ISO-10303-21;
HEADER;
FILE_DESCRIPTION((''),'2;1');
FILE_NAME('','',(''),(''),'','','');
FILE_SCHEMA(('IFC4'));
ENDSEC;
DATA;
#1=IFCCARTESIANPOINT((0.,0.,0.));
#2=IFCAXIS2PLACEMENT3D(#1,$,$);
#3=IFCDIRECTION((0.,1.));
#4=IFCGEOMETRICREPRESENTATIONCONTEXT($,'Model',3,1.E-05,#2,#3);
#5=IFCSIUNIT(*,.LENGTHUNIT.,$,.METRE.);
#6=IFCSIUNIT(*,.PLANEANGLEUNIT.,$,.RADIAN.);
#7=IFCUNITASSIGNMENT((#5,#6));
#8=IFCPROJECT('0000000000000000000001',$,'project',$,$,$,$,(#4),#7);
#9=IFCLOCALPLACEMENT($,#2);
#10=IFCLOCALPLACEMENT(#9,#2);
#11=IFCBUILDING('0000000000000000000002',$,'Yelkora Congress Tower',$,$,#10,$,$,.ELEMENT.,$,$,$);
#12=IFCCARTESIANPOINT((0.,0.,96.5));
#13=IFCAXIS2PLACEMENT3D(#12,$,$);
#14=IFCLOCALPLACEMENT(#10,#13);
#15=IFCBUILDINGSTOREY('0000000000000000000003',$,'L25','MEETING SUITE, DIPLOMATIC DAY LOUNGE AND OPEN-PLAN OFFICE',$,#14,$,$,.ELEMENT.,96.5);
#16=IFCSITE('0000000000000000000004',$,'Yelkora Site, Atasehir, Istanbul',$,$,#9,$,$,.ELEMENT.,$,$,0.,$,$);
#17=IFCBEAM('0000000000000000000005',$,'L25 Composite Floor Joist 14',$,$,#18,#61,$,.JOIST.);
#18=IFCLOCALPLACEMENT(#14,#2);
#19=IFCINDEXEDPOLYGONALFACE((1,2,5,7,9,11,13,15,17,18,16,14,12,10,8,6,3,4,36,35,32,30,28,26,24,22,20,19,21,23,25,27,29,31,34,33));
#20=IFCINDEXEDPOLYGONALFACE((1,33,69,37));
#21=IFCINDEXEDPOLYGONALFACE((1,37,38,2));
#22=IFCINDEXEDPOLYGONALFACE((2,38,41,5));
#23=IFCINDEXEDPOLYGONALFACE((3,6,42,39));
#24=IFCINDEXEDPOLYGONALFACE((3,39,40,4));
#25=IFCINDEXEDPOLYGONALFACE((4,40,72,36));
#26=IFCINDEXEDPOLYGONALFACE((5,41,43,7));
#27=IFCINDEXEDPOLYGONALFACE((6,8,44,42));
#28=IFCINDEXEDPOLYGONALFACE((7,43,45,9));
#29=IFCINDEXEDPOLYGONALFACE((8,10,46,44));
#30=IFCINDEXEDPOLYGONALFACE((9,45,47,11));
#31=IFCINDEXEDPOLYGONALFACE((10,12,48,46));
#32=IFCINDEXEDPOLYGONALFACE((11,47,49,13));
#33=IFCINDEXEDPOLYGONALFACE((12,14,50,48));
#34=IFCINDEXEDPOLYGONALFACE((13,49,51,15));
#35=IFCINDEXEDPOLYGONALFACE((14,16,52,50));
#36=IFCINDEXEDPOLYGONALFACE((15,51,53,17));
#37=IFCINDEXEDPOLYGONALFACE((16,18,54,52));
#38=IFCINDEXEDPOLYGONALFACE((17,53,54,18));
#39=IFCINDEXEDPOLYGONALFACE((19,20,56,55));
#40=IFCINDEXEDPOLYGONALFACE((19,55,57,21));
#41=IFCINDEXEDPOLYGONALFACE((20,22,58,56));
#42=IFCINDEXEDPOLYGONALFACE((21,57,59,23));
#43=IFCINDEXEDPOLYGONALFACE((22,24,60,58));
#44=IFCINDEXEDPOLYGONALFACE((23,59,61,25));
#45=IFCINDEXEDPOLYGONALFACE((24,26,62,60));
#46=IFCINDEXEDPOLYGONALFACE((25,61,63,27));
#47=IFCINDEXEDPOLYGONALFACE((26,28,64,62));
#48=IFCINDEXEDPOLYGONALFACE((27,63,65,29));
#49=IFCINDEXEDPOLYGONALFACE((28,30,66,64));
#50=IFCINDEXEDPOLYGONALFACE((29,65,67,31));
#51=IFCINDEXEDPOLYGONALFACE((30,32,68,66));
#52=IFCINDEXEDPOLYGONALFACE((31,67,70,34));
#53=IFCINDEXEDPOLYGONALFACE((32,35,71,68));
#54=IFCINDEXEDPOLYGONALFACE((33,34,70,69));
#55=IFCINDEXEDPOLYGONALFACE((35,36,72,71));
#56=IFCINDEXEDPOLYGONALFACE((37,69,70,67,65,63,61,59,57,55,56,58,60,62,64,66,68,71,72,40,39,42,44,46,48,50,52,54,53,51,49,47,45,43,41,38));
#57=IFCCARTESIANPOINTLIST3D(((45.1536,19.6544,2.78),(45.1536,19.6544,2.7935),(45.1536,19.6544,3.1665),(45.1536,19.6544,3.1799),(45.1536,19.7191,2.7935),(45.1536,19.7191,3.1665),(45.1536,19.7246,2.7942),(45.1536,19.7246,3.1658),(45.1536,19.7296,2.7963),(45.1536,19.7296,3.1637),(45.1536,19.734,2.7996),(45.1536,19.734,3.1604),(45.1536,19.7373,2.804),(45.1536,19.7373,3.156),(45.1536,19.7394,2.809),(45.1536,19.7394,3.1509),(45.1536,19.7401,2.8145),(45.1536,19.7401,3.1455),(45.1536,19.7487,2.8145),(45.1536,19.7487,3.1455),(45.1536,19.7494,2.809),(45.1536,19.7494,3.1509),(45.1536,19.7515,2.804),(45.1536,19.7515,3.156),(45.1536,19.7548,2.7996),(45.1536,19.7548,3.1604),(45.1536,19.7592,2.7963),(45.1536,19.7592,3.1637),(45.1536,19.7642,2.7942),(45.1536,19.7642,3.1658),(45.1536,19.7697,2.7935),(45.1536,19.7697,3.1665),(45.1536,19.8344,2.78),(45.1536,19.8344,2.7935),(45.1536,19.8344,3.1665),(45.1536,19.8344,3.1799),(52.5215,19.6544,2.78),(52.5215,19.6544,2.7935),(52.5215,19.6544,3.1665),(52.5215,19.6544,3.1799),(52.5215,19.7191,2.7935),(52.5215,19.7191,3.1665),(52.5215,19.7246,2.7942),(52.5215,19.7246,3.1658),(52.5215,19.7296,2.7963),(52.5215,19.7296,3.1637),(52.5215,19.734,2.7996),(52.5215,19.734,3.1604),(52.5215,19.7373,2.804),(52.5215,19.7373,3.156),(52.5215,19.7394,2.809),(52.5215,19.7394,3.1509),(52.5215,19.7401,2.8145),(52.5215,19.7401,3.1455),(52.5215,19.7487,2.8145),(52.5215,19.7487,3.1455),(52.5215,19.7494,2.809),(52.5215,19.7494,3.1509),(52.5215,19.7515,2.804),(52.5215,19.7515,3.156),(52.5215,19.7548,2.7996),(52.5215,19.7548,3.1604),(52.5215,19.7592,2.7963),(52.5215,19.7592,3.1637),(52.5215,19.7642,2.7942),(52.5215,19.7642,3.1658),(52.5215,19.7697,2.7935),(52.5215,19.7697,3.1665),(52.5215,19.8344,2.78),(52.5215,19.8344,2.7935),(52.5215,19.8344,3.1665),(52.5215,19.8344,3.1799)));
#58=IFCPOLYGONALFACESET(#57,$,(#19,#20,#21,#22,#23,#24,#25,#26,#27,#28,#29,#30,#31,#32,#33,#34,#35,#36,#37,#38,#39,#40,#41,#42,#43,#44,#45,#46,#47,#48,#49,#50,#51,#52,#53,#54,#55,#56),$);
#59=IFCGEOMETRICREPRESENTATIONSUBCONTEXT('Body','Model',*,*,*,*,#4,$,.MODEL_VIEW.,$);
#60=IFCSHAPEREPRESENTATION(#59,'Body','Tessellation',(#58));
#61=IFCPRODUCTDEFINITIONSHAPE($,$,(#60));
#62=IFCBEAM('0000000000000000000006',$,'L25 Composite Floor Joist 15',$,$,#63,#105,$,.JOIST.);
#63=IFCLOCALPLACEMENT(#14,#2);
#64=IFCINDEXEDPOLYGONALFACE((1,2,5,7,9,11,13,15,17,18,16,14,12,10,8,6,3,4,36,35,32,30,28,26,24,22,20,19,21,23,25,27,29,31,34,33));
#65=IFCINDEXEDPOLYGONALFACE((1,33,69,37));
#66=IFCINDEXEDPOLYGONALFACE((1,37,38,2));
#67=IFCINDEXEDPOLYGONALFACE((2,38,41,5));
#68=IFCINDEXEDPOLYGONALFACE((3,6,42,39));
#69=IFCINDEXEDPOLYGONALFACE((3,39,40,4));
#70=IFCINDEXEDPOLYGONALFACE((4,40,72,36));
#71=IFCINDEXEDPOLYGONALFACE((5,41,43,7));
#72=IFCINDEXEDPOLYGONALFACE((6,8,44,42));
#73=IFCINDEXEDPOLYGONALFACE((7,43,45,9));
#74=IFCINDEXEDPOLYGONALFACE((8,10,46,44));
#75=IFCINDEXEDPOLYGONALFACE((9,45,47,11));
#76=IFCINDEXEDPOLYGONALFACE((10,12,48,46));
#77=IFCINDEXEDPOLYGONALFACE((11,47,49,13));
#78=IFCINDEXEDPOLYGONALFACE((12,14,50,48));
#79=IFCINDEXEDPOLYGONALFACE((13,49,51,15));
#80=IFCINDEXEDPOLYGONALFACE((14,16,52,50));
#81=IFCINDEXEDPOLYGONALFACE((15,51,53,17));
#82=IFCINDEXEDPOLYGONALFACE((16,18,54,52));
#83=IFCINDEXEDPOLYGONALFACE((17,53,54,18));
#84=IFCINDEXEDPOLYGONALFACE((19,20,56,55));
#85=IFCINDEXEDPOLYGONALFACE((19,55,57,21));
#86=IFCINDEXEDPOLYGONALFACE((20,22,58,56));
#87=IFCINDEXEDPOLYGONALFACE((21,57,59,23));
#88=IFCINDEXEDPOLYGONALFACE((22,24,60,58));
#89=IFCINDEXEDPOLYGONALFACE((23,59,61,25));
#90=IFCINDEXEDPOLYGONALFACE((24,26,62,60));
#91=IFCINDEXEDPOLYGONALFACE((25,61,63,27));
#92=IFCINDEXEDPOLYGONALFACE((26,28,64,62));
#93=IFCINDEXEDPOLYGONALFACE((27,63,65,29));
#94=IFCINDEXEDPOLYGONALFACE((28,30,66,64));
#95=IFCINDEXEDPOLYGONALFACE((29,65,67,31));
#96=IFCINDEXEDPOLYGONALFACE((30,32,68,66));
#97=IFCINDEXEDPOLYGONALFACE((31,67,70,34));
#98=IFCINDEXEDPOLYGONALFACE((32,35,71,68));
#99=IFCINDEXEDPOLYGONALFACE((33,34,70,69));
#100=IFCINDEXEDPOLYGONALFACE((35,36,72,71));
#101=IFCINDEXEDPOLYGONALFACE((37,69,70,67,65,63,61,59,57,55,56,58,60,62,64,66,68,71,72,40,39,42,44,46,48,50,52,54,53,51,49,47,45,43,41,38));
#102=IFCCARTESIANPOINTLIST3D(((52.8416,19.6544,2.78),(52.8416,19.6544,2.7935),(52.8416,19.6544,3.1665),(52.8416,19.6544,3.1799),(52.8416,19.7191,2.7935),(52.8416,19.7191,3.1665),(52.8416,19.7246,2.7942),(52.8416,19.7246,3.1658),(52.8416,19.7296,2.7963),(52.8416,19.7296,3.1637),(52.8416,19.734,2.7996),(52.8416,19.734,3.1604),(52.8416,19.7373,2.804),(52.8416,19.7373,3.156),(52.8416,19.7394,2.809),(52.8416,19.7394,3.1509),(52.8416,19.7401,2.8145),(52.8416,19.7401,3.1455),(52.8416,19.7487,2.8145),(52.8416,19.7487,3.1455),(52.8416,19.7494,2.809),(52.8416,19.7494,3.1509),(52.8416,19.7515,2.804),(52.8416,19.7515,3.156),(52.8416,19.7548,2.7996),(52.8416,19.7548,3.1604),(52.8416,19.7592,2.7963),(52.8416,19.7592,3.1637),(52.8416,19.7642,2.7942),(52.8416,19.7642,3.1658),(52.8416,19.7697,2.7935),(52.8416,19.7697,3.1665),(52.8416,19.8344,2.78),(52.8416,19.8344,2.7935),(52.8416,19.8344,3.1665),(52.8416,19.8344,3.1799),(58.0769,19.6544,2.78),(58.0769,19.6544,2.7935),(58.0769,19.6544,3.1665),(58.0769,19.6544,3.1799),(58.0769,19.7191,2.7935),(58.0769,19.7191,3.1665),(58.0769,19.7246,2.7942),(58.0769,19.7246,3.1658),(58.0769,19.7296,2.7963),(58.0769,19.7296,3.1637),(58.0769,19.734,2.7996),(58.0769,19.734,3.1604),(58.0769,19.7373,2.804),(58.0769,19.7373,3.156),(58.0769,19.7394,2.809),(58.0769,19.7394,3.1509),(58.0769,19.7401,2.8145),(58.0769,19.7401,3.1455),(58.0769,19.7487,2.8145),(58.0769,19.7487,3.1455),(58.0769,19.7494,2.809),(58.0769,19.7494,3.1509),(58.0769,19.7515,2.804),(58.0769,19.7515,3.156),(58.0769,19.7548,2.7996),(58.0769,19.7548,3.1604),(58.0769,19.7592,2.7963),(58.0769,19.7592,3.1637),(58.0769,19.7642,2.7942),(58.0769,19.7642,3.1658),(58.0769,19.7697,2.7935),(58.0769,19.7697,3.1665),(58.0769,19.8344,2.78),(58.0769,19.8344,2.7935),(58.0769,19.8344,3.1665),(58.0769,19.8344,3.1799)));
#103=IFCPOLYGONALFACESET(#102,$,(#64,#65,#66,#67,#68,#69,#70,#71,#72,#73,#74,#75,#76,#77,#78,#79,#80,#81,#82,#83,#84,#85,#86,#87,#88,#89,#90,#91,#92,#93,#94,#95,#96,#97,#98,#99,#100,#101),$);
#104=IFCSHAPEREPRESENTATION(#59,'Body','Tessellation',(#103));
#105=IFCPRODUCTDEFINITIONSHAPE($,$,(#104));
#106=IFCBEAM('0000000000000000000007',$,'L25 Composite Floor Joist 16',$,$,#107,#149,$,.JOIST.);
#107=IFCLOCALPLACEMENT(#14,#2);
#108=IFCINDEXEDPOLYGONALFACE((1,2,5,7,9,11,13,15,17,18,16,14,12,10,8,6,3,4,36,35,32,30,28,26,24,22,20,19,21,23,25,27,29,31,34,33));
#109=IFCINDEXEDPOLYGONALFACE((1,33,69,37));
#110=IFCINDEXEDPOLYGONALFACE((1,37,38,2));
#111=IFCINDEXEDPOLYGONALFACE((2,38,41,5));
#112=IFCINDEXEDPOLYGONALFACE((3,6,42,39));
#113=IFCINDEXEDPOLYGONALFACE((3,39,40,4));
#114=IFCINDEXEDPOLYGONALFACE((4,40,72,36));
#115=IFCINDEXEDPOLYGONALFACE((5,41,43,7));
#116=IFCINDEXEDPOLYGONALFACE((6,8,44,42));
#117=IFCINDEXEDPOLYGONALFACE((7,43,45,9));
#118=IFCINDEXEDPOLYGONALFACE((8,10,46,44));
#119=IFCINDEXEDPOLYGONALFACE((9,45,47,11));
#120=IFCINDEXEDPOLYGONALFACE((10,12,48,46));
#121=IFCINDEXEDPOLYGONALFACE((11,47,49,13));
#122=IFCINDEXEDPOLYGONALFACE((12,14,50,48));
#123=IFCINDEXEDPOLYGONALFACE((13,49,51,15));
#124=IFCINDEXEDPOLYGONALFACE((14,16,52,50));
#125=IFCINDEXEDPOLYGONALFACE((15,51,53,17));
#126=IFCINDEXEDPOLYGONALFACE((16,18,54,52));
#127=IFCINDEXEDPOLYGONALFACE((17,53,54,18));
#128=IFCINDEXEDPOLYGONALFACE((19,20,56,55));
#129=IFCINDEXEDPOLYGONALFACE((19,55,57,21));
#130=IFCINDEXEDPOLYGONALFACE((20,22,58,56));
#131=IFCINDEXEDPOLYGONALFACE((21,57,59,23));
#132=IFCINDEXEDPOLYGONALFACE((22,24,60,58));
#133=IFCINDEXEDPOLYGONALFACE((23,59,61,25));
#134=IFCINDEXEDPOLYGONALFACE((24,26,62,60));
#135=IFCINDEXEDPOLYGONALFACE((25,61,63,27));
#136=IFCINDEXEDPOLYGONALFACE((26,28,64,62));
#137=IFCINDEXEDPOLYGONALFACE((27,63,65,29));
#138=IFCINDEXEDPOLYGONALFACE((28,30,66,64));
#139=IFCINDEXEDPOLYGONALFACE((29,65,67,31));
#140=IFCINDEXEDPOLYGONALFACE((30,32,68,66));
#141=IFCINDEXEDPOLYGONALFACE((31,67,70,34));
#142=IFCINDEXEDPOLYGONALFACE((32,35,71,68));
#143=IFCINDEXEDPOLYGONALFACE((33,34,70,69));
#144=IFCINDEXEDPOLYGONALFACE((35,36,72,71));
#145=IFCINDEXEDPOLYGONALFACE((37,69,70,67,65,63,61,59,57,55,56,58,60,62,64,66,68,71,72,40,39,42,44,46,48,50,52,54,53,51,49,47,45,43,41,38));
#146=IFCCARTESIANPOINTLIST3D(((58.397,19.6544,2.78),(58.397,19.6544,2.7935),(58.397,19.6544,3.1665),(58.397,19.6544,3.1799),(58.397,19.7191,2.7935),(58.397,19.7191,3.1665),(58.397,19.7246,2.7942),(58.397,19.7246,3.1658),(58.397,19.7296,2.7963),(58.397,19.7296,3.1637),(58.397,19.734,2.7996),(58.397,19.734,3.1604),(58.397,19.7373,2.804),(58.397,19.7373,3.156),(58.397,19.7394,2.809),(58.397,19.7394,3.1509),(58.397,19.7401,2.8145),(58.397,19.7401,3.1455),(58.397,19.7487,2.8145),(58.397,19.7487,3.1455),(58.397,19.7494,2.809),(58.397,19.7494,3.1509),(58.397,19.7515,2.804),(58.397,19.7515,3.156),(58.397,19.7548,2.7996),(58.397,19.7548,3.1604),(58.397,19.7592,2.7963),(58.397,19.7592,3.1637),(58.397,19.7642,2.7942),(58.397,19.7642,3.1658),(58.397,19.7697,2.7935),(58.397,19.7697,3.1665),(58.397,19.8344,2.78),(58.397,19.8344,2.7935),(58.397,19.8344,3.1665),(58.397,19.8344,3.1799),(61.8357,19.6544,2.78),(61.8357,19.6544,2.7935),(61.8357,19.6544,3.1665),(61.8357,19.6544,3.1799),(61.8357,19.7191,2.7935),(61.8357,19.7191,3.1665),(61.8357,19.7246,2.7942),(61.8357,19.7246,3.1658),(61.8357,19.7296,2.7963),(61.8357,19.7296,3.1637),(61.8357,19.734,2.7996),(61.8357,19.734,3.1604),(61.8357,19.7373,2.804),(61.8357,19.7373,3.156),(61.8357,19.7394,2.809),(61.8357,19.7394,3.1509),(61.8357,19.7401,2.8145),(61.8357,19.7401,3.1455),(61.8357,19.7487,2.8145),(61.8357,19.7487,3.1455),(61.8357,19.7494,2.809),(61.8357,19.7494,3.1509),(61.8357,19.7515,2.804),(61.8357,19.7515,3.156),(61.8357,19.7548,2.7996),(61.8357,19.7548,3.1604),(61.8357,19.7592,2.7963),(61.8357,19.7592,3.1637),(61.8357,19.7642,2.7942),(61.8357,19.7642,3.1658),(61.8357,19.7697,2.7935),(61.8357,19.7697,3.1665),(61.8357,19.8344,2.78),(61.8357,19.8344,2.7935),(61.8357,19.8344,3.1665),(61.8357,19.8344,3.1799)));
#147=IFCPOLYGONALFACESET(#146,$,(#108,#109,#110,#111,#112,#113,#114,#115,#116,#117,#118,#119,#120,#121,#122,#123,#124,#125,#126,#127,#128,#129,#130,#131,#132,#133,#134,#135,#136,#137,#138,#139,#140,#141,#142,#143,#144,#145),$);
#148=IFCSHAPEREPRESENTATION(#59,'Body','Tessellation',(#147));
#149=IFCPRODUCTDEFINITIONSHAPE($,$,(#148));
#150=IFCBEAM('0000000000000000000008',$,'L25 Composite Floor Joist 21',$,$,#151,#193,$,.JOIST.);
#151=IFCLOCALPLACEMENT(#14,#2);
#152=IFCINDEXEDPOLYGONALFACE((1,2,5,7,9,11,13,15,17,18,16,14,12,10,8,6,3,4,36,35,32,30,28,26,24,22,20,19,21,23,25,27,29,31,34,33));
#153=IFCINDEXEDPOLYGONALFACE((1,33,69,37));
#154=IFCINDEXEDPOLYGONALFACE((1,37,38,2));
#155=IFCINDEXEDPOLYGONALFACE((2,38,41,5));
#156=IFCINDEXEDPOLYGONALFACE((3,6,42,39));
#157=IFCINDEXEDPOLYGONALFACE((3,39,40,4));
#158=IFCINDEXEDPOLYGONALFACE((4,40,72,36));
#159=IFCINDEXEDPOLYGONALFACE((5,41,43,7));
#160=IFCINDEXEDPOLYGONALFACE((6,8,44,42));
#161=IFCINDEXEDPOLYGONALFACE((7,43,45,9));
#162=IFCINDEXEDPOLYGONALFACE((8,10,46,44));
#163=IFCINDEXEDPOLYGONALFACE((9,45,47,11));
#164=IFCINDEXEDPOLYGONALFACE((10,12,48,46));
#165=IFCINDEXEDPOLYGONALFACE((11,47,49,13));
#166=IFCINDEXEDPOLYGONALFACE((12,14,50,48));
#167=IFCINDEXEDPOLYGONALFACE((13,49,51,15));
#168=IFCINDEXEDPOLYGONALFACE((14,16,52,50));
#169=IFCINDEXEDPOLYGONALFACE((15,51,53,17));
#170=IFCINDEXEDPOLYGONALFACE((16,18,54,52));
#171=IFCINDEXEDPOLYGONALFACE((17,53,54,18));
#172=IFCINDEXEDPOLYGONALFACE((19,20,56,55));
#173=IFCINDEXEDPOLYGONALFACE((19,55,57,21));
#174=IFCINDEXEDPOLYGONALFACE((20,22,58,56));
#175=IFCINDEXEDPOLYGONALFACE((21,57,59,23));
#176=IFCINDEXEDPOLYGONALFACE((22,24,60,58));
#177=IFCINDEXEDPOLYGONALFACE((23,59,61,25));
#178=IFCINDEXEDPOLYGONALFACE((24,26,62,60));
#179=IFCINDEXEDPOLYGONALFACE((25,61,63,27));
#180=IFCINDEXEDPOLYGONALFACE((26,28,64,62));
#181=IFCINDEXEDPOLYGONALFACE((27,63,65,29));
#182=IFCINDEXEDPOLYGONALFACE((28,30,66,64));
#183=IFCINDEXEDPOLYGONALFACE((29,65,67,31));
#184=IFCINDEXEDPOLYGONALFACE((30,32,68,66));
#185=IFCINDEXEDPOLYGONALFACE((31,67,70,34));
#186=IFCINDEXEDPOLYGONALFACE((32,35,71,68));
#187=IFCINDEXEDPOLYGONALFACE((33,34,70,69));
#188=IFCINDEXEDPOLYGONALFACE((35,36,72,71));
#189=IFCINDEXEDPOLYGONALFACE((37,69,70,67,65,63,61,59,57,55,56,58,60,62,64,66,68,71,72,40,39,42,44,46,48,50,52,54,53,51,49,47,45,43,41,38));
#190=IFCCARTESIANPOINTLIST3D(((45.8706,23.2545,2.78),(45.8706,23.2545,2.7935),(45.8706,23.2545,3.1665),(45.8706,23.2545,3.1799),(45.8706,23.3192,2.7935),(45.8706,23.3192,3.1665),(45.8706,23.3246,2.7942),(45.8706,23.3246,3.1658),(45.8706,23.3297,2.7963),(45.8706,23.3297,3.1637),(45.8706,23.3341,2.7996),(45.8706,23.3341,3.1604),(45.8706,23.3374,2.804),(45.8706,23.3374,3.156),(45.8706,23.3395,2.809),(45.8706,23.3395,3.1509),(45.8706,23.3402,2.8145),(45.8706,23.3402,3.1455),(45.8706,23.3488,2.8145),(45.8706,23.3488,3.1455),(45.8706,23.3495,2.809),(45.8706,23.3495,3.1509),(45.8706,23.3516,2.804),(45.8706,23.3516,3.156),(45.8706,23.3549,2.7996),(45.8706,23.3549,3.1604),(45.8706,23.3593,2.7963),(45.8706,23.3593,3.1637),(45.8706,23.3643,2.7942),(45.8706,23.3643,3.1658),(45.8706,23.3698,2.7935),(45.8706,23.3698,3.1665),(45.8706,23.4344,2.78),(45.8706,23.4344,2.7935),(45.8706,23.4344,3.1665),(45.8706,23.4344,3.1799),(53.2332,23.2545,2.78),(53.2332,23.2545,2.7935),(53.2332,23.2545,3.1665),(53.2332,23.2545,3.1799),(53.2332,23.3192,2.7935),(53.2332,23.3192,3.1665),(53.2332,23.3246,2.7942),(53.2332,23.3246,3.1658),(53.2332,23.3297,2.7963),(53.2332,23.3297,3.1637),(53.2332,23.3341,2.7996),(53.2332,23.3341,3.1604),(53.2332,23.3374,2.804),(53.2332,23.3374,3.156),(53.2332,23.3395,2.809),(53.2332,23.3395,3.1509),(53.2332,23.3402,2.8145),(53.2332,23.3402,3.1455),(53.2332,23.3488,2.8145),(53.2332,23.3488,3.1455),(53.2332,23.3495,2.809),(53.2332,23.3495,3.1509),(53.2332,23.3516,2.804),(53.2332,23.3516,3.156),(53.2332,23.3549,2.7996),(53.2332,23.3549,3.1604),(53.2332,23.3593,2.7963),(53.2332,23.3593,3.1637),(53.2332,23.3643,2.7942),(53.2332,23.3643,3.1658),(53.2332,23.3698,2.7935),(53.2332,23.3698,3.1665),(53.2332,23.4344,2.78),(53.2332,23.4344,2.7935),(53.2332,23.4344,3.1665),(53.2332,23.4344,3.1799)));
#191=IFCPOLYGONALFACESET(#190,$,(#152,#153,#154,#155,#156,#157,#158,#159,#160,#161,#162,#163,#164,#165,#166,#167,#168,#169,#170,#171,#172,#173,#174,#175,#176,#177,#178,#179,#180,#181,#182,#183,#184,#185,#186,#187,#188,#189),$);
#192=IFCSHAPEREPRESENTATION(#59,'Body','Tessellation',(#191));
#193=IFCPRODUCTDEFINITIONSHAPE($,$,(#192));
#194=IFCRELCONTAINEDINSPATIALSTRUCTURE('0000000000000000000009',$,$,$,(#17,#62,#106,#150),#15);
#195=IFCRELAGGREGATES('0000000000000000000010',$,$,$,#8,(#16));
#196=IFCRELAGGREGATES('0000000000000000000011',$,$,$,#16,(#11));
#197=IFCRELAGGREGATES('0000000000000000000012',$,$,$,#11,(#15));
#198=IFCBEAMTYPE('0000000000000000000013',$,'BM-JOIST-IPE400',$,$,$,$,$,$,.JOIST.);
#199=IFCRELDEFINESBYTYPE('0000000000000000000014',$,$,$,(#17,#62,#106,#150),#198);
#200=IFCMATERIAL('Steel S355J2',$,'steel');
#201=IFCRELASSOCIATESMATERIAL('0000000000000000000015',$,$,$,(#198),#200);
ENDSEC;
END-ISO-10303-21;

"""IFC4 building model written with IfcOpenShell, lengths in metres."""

from ifc_helpers import new_model, si_unit, direction, frame, origin, origin_2d, place, context, subcontext, project, spatial, i_section, extrude, material, material_profile, profile_set, type_object, element, save


model = new_model("IFC4")

# Units and contexts
model_context = context("Model", 3, precision=1e-05, world=origin(), true_north=direction((0.0, 1.0)))
body_context = subcontext(model_context, "Body", "Model", "MODEL_VIEW")
ifc_project = project(units=[si_unit("LENGTHUNIT", "METRE"), si_unit("PLANEANGLEUNIT", "RADIAN")], contexts=[model_context])

# Site, building, storey
site_placement = place(None, origin())
site = spatial("IfcSite", under=ifc_project, at=site_placement, Name="Yelkora Site, Atasehir, Istanbul", CompositionType="ELEMENT", RefElevation=0.0)
building_placement = place(site_placement, origin())
building = spatial("IfcBuilding", under=site, at=building_placement, Name="Yelkora Congress Tower", CompositionType="ELEMENT")
storey_placement = place(building_placement, frame((0.0, 0.0, 96.5)))
storey = spatial("IfcBuildingStorey", under=building, at=storey_placement, Name="L25", Description="MEETING SUITE, DIPLOMATIC DAY LOUNGE AND OPEN-PLAN OFFICE", CompositionType="ELEMENT", Elevation=96.5)

# Beams
ifc_material_1 = material(Name="Steel S355J2", Category="steel")
ifc_material_profile_1 = material_profile(ifc_material_1, i_section(OverallWidth=0.1799, OverallDepth=0.3999, WebThickness=0.0085, FlangeThickness=0.0134, FilletRadius=0.021, at=origin_2d()), Name="IPE 400")
ifc_profile_set_1 = profile_set([ifc_material_profile_1], Name="Steel S355J2")
beam_type_1 = type_object("IfcBeamType", Name="BM-JOIST-IPE400", PredefinedType="JOIST", material=ifc_profile_set_1)
beam_1_placement = place(storey_placement, frame((45.1536, 19.7444, 2.98), z_axis=(1.0, 0.0, 0.0), x_axis=(0.0, 1.0, 0.0)))
element("IfcBeam", 1, at=beam_1_placement, inside=storey, type_object=beam_type_1, Name="L25 Composite Floor Joist 14", PredefinedType="JOIST", context=body_context, shape_type="SweptSolid", body=[
    extrude(i_section(OverallWidth=0.1799, OverallDepth=0.3999, WebThickness=0.0085, FlangeThickness=0.0134, FilletRadius=0.021, at=origin_2d()), origin(), (0.0, 0.0, 1.0), 7.3679),
])
beam_2_placement = place(storey_placement, frame((52.8416, 19.7444, 2.98), z_axis=(1.0, 0.0, 0.0), x_axis=(0.0, 1.0, 0.0)))
element("IfcBeam", 2, at=beam_2_placement, inside=storey, type_object=beam_type_1, Name="L25 Composite Floor Joist 15", PredefinedType="JOIST", context=body_context, shape_type="SweptSolid", body=[
    extrude(i_section(OverallWidth=0.1799, OverallDepth=0.3999, WebThickness=0.0085, FlangeThickness=0.0134, FilletRadius=0.021, at=origin_2d()), origin(), (0.0, 0.0, 1.0), 5.2354),
])
beam_3_placement = place(storey_placement, frame((58.397, 19.7444, 2.98), z_axis=(1.0, 0.0, 0.0), x_axis=(0.0, 1.0, 0.0)))
element("IfcBeam", 3, at=beam_3_placement, inside=storey, type_object=beam_type_1, Name="L25 Composite Floor Joist 16", PredefinedType="JOIST", context=body_context, shape_type="SweptSolid", body=[
    extrude(i_section(OverallWidth=0.1799, OverallDepth=0.3999, WebThickness=0.0085, FlangeThickness=0.0134, FilletRadius=0.021, at=origin_2d()), origin(), (0.0, 0.0, 1.0), 3.4387),
])
beam_4_placement = place(storey_placement, frame((45.8706, 23.3445, 2.98), z_axis=(1.0, 0.0, 0.0), x_axis=(0.0, 1.0, 0.0)))
element("IfcBeam", 4, at=beam_4_placement, inside=storey, type_object=beam_type_1, Name="L25 Composite Floor Joist 21", PredefinedType="JOIST", context=body_context, shape_type="SweptSolid", body=[
    extrude(i_section(OverallWidth=0.1799, OverallDepth=0.3999, WebThickness=0.0085, FlangeThickness=0.0134, FilletRadius=0.021, at=origin_2d()), origin(), (0.0, 0.0, 1.0), 7.3625),
])

save(model, "model.ifc")
